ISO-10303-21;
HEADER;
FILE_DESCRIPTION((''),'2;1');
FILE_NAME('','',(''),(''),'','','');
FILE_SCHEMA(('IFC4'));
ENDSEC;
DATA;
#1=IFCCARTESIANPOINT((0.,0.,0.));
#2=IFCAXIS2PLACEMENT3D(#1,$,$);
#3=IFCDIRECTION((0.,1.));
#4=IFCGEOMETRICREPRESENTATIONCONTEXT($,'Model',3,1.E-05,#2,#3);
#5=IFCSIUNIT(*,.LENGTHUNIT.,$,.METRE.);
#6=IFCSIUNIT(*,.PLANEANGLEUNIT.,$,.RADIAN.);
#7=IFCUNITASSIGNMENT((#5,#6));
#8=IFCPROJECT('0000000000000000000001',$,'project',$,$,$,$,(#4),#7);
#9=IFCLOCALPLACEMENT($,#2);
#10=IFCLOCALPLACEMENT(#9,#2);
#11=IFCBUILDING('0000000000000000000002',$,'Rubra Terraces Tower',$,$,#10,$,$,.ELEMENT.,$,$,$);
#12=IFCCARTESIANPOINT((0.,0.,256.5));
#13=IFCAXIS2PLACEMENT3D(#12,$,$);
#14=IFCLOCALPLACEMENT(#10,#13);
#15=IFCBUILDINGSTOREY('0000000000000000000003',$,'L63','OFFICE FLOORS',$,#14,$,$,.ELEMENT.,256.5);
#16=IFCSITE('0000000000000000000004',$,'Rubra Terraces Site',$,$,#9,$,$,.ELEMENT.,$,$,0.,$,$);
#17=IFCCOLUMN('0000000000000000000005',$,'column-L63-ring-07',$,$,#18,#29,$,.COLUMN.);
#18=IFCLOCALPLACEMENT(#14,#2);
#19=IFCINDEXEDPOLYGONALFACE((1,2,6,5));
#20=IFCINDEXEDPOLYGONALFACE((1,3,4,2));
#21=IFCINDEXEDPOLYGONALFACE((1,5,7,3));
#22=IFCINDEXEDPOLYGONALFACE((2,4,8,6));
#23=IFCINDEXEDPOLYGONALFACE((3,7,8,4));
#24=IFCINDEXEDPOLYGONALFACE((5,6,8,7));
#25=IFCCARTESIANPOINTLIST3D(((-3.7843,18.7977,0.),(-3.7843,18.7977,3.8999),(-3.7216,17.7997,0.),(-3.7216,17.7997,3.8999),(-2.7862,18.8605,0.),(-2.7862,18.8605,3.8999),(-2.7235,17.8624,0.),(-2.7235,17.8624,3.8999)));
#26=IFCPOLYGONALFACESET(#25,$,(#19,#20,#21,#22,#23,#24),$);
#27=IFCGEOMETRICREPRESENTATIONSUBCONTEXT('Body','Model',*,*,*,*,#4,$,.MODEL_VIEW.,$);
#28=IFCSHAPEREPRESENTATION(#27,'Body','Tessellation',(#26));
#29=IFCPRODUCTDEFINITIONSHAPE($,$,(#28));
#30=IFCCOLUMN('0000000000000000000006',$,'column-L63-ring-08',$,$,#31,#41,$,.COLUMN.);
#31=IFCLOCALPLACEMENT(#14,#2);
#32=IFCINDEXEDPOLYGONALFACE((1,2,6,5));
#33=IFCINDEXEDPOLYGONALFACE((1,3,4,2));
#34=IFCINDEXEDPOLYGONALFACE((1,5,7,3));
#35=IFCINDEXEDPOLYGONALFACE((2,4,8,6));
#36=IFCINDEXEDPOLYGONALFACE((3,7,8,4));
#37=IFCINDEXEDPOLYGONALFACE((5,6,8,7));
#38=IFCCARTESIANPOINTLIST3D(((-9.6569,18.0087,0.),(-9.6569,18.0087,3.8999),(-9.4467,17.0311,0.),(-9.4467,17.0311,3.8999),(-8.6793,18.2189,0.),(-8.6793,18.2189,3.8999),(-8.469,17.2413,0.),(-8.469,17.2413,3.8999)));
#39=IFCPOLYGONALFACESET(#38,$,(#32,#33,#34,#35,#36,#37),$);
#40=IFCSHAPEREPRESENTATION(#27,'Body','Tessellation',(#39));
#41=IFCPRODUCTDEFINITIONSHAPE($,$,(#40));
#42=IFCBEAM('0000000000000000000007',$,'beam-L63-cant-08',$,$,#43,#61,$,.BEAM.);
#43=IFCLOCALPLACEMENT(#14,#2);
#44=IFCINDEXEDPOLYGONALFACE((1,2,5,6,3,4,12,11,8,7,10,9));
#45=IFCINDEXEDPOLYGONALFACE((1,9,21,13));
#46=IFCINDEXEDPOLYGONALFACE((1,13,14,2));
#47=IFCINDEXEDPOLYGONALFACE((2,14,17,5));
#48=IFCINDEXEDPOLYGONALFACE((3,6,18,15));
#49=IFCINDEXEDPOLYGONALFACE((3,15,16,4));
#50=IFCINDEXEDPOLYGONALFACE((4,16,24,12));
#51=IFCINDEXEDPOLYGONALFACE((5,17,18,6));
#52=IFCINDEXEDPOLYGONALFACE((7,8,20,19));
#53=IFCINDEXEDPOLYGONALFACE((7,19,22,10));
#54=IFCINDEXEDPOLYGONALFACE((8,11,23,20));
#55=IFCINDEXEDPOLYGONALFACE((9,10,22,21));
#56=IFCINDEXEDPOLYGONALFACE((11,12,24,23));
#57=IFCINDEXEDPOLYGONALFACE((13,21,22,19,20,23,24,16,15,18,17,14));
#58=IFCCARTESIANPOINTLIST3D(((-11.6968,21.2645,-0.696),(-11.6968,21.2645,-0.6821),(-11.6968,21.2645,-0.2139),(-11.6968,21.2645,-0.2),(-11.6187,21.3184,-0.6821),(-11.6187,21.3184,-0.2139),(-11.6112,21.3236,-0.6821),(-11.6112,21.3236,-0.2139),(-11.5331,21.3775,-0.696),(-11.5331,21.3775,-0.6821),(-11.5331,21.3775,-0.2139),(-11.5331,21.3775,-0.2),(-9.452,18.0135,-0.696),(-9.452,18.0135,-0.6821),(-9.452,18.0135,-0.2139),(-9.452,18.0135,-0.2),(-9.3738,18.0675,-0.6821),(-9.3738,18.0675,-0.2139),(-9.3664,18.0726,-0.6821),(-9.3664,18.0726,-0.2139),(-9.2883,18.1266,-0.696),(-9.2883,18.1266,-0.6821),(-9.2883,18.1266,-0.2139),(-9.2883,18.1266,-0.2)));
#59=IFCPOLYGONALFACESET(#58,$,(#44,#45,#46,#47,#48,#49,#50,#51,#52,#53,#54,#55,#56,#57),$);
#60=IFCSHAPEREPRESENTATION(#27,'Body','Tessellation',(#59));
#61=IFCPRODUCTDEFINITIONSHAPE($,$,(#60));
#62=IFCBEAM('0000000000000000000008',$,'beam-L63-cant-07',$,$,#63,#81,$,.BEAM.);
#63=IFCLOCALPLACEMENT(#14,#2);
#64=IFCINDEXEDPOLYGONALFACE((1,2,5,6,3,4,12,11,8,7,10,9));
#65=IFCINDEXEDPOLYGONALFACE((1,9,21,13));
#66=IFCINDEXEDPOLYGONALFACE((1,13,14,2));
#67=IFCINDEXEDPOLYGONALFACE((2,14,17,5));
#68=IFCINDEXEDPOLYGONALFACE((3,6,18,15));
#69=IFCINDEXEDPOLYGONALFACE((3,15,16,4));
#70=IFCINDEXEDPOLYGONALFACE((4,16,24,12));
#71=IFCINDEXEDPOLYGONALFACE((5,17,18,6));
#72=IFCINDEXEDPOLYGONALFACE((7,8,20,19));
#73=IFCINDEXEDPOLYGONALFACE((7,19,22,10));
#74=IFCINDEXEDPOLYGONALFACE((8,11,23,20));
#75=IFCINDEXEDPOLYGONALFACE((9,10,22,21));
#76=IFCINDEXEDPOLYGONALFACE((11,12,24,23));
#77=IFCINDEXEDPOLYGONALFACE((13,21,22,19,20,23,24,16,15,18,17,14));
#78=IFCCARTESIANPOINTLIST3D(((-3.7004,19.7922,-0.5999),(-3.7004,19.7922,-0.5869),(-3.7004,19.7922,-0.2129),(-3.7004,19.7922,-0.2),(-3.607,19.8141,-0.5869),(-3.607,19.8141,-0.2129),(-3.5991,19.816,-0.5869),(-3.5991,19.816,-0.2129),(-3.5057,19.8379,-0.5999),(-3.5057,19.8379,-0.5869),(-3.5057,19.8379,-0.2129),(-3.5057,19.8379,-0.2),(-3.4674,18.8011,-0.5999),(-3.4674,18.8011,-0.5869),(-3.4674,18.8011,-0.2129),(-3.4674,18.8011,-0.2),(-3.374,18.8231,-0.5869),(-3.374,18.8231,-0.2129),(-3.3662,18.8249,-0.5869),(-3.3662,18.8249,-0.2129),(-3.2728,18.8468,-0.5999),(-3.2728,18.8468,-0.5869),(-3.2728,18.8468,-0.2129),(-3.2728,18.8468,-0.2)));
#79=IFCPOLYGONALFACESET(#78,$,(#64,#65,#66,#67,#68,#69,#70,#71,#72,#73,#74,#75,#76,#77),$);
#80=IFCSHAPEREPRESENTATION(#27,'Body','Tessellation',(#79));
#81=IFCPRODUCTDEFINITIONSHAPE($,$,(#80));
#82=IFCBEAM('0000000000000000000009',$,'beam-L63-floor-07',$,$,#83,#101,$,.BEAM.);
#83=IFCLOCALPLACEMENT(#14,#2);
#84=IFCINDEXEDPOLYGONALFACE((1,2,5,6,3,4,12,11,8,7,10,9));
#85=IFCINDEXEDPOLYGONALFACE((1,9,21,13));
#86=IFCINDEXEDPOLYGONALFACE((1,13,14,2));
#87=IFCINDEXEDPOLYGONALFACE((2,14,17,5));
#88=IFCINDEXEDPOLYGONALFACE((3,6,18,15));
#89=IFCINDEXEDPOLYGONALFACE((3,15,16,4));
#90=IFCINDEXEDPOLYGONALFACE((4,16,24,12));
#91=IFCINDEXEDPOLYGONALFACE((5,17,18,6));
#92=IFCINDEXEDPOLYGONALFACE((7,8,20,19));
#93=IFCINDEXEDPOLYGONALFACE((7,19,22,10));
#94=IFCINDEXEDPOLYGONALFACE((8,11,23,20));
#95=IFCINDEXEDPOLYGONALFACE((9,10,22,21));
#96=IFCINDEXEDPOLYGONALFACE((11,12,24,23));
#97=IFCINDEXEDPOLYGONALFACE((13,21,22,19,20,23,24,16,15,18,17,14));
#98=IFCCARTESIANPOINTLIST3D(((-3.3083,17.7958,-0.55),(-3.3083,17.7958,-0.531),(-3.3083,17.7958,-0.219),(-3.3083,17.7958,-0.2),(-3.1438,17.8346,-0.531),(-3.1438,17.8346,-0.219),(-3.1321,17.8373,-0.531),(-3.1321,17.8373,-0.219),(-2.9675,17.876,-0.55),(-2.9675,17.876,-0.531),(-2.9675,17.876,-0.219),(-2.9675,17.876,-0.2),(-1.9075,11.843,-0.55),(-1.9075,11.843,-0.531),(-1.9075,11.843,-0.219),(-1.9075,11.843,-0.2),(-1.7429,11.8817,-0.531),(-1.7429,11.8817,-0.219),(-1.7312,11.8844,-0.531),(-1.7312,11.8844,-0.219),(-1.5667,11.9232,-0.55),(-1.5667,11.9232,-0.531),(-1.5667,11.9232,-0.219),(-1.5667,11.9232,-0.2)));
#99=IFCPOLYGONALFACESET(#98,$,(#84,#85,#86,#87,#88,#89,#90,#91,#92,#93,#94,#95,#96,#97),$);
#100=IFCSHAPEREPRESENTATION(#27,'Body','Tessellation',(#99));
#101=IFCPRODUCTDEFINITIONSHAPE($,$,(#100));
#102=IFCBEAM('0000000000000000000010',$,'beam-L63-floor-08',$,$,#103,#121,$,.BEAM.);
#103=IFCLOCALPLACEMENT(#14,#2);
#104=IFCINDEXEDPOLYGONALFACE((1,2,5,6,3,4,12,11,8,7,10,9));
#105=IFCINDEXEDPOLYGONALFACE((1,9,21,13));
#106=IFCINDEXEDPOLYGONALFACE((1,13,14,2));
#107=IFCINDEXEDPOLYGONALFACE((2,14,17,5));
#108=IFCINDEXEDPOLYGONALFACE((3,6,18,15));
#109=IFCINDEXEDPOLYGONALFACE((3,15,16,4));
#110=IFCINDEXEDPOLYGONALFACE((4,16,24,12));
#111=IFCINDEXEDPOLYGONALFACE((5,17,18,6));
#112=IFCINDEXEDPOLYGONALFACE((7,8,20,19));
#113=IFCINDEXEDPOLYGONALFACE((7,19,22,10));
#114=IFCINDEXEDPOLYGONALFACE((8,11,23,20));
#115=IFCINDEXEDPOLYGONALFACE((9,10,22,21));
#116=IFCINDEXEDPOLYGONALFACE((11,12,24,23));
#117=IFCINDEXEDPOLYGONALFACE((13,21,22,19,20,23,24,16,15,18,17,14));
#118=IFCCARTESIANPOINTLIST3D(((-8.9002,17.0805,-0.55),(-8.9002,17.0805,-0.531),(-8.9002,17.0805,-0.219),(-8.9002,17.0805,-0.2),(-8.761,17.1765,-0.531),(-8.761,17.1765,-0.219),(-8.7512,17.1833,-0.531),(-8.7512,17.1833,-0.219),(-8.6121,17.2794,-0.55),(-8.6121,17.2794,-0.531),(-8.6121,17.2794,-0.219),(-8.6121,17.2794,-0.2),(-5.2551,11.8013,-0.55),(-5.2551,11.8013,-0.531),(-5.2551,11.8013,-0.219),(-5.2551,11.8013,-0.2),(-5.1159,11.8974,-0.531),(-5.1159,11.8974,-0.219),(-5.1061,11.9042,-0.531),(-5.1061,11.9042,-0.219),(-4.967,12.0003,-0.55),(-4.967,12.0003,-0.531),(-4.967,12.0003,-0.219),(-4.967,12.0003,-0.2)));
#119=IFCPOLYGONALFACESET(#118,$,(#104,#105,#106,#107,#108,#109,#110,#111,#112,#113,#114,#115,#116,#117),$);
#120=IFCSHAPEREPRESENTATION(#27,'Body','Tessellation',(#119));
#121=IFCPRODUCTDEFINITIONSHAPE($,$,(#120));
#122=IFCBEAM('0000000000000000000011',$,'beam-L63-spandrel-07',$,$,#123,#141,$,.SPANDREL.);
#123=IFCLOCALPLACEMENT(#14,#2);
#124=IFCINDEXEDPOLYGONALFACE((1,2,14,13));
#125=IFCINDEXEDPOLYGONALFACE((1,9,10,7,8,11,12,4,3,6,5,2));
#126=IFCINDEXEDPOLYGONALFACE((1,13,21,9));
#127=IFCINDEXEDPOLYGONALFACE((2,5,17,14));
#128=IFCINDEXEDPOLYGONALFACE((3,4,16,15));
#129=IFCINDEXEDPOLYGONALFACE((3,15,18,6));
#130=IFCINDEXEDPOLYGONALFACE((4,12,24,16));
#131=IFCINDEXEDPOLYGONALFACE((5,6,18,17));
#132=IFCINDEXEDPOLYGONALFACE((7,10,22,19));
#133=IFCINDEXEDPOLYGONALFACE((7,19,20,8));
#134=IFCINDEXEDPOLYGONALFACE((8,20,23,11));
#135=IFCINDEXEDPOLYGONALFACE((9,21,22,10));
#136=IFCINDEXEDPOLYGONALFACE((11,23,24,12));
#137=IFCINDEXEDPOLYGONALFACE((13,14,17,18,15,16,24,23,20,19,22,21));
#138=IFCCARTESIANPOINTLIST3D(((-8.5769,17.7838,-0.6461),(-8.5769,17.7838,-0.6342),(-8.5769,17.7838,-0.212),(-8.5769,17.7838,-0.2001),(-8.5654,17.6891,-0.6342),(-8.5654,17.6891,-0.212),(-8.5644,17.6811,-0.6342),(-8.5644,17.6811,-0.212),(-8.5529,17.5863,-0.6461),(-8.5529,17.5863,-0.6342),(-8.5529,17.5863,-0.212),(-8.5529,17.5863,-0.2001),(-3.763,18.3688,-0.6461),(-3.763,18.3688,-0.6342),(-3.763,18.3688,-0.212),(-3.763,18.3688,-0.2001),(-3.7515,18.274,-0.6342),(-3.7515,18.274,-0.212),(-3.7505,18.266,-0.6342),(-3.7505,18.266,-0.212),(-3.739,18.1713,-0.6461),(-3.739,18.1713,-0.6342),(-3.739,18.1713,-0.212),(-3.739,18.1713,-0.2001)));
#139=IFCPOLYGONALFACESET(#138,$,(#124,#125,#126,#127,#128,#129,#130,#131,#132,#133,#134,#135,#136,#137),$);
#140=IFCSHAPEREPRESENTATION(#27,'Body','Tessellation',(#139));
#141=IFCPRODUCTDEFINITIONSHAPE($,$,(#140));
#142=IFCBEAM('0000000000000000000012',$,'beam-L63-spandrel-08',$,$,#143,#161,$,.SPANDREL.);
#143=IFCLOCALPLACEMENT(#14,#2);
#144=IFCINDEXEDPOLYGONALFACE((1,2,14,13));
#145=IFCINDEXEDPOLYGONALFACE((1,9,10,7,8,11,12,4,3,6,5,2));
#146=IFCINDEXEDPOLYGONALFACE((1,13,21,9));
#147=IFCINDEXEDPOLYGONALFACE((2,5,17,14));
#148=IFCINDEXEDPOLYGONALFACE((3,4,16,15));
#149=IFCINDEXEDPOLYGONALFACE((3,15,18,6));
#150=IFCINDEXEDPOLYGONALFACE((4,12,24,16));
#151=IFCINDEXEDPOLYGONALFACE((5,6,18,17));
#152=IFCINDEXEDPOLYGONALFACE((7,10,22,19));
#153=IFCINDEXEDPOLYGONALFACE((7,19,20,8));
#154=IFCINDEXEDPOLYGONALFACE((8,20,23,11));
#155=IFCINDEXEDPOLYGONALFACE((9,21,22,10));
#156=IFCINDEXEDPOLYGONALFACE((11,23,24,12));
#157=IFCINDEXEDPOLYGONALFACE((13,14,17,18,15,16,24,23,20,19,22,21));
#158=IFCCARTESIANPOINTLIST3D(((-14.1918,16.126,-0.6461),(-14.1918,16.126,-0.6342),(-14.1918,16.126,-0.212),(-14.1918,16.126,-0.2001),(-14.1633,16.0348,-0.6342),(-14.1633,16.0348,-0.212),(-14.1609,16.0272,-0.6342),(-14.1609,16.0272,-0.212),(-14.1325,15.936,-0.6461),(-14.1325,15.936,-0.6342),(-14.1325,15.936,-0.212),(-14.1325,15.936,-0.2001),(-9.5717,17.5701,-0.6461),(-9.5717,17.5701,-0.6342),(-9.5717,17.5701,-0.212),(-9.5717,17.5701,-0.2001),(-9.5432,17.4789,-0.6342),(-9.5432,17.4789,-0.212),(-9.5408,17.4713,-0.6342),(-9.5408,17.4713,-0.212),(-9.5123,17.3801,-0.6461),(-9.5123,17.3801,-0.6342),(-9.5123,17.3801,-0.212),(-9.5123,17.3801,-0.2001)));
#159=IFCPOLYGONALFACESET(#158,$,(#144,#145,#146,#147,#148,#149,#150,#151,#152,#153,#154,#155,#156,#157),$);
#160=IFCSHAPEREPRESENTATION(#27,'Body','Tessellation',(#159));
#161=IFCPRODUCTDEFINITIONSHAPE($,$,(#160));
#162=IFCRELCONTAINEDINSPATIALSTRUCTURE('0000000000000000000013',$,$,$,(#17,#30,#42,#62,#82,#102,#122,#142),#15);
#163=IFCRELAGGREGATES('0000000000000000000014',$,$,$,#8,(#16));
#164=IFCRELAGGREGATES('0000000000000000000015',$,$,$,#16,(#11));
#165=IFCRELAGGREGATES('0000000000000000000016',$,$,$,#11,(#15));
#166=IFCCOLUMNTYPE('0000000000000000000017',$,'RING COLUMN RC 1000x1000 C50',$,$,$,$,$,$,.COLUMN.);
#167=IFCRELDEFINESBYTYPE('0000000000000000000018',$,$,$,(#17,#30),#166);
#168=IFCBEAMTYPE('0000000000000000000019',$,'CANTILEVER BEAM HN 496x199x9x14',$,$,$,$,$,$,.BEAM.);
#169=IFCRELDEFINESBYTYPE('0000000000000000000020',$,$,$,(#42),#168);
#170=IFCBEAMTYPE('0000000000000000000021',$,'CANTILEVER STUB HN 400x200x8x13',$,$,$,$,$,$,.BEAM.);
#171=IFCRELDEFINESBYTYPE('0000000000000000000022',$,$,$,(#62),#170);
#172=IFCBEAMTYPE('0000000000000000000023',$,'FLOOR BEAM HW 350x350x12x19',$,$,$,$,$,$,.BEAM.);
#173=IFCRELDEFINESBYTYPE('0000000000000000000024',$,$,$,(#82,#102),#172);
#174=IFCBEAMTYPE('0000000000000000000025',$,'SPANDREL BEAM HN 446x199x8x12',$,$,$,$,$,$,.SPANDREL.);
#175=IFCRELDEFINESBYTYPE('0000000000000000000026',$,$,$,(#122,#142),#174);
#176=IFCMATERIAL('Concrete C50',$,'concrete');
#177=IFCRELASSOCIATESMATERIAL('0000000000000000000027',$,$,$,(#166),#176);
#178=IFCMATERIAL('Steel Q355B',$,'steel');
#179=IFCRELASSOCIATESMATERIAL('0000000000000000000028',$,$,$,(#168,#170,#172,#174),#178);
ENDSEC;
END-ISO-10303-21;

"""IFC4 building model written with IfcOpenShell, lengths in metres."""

from ifc_helpers import new_model, si_unit, direction, frame, origin, origin_2d, place, context, subcontext, project, spatial, rectangle, i_section, extrude, material, material_profile, profile_set, type_object, element, save


model = new_model("IFC4")

# Units and contexts
model_context = context("Model", 3, precision=1e-05, world=origin(), true_north=direction((0.0, 1.0)))
body_context = subcontext(model_context, "Body", "Model", "MODEL_VIEW")
ifc_project = project(units=[si_unit("LENGTHUNIT", "METRE"), si_unit("PLANEANGLEUNIT", "RADIAN")], contexts=[model_context])

# Site, building, storey
site_placement = place(None, origin())
site = spatial("IfcSite", under=ifc_project, at=site_placement, Name="Rubra Terraces Site", CompositionType="ELEMENT", RefElevation=0.0)
building_placement = place(site_placement, origin())
building = spatial("IfcBuilding", under=site, at=building_placement, Name="Rubra Terraces Tower", CompositionType="ELEMENT")
storey_placement = place(building_placement, frame((0.0, 0.0, 256.5)))
storey = spatial("IfcBuildingStorey", under=building, at=storey_placement, Name="L63", Description="OFFICE FLOORS", CompositionType="ELEMENT", Elevation=256.5)

# Columns
ifc_material_1 = material(Name="Concrete C50", Category="concrete")
ifc_material_profile_1 = material_profile(ifc_material_1, rectangle(XDim=1.0, YDim=1.0, at=origin_2d()), Name="RC 1000x1000")
ifc_profile_set_1 = profile_set([ifc_material_profile_1], Name="Concrete C50")
column_type = type_object("IfcColumnType", Name="RING COLUMN RC 1000x1000 C50", PredefinedType="COLUMN", material=ifc_profile_set_1)
for number, where, z_axis, x_axis, name in (
    (1, (-3.2539, 18.3301, 0.0), (0.0, 0.0, 1.0), (-0.998032, -0.062714, 0.0), "column-L63-ring-07"),
    (2, (-9.063, 17.625, 0.0), (0.0, 0.0, 1.0), (-0.977653, -0.210227, 0.0), "column-L63-ring-08"),
):
    element("IfcColumn", number, at=place(storey_placement, frame(where, z_axis=z_axis, x_axis=x_axis)), inside=storey, type_object=column_type, Name=name, PredefinedType="COLUMN", context=body_context, shape_type="SweptSolid", body=[
        extrude(rectangle(XDim=1.0, YDim=1.0, at=origin_2d()), origin(), (0.0, 0.0, 1.0), 3.8999),
    ])

# Beams
ifc_material_2 = material(Name="Steel Q355B", Category="steel")
ifc_material_profile_2 = material_profile(ifc_material_2, i_section(OverallWidth=0.199, OverallDepth=0.4961, WebThickness=0.009, FlangeThickness=0.0139, at=origin_2d()), Name="HN 496x199x9x14")
ifc_profile_set_2 = profile_set([ifc_material_profile_2], Name="Steel Q355B")
beam_type_1 = type_object("IfcBeamType", Name="CANTILEVER BEAM HN 496x199x9x14", PredefinedType="BEAM", material=ifc_profile_set_2)
beam_1_placement = place(storey_placement, frame((-9.3701, 18.0701, -0.448), z_axis=(-0.568217, 0.822879, 0.0), x_axis=(-0.822879, -0.568217, 0.0)))
element("IfcBeam", 3, at=beam_1_placement, inside=storey, type_object=beam_type_1, Name="beam-L63-cant-08", PredefinedType="BEAM", context=body_context, shape_type="SweptSolid", body=[
    extrude(i_section(OverallWidth=0.199, OverallDepth=0.4961, WebThickness=0.009, FlangeThickness=0.0139, at=origin_2d()), origin(), (0.0, 0.0, 1.0), 3.9507),
])
ifc_material_profile_3 = material_profile(ifc_material_2, i_section(OverallWidth=0.2, OverallDepth=0.3999, WebThickness=0.0081, FlangeThickness=0.0129, at=origin_2d()), Name="HN 400x200x8x13")
ifc_profile_set_3 = profile_set([ifc_material_profile_3], Name="Steel Q355B")
beam_type_2 = type_object("IfcBeamType", Name="CANTILEVER STUB HN 400x200x8x13", PredefinedType="BEAM", material=ifc_profile_set_3)
beam_2_placement = place(storey_placement, frame((-3.3701, 18.824, -0.3999), z_axis=(-0.228799, 0.973474, 0.0), x_axis=(-0.973474, -0.228799, 0.0)))
element("IfcBeam", 4, at=beam_2_placement, inside=storey, type_object=beam_type_2, Name="beam-L63-cant-07", PredefinedType="BEAM", context=body_context, shape_type="SweptSolid", body=[
    extrude(i_section(OverallWidth=0.2, OverallDepth=0.3999, WebThickness=0.0081, FlangeThickness=0.0129, at=origin_2d()), origin(), (0.0, 0.0, 1.0), 1.0181),
])
ifc_material_profile_4 = material_profile(ifc_material_2, i_section(OverallWidth=0.3501, OverallDepth=0.3501, WebThickness=0.012, FlangeThickness=0.019, at=origin_2d()), Name="HW 350x350x12x19")
ifc_profile_set_4 = profile_set([ifc_material_profile_4], Name="Steel Q355B")
beam_type_3 = type_object("IfcBeamType", Name="FLOOR BEAM HW 350x350x12x19", PredefinedType="BEAM", material=ifc_profile_set_4)
beam_3_placement = place(storey_placement, frame((-3.1379, 17.8359, -0.375), z_axis=(0.22907, -0.97341, 0.0), x_axis=(0.97341, 0.22907, 0.0)))
element("IfcBeam", 5, at=beam_3_placement, inside=storey, type_object=beam_type_3, Name="beam-L63-floor-07", PredefinedType="BEAM", context=body_context, shape_type="SweptSolid", body=[
    extrude(i_section(OverallWidth=0.3501, OverallDepth=0.3501, WebThickness=0.012, FlangeThickness=0.019, at=origin_2d()), origin(), (0.0, 0.0, 1.0), 6.1155),
])
beam_4_placement = place(storey_placement, frame((-8.7561, 17.1799, -0.375), z_axis=(0.568186, -0.8229, 0.0), x_axis=(0.8229, 0.568186, 0.0)))
element("IfcBeam", 6, at=beam_4_placement, inside=storey, type_object=beam_type_3, Name="beam-L63-floor-08", PredefinedType="BEAM", context=body_context, shape_type="SweptSolid", body=[
    extrude(i_section(OverallWidth=0.3501, OverallDepth=0.3501, WebThickness=0.012, FlangeThickness=0.019, at=origin_2d()), origin(), (0.0, 0.0, 1.0), 6.4153),
])
ifc_material_profile_5 = material_profile(ifc_material_2, i_section(OverallWidth=0.199, OverallDepth=0.446, WebThickness=0.0081, FlangeThickness=0.012, at=origin_2d()), Name="HN 446x199x8x12")
ifc_profile_set_5 = profile_set([ifc_material_profile_5], Name="Steel Q355B")
beam_type_4 = type_object("IfcBeamType", Name="SPANDREL BEAM HN 446x199x8x12", PredefinedType="SPANDREL", material=ifc_profile_set_5)
beam_5_placement = place(storey_placement, frame((-3.751, 18.27, -0.4231), z_axis=(-0.992698, -0.120626, 0.0), x_axis=(0.120626, -0.992698, 0.0)))
element("IfcBeam", 7, at=beam_5_placement, inside=storey, type_object=beam_type_4, Name="beam-L63-spandrel-07", PredefinedType="SPANDREL", context=body_context, shape_type="SweptSolid", body=[
    extrude(i_section(OverallWidth=0.199, OverallDepth=0.446, WebThickness=0.0081, FlangeThickness=0.012, at=origin_2d()), origin(), (0.0, 0.0, 1.0), 4.8494),
])
beam_6_placement = place(storey_placement, frame((-9.542, 17.4751, -0.4231), z_axis=(-0.954462, -0.298332, 0.0), x_axis=(0.298332, -0.954462, 0.0)))
element("IfcBeam", 8, at=beam_6_placement, inside=storey, type_object=beam_type_4, Name="beam-L63-spandrel-08", PredefinedType="SPANDREL", context=body_context, shape_type="SweptSolid", body=[
    extrude(i_section(OverallWidth=0.199, OverallDepth=0.446, WebThickness=0.0081, FlangeThickness=0.012, at=origin_2d()), origin(), (0.0, 0.0, 1.0), 4.8406),
])

save(model, "model.ifc")
